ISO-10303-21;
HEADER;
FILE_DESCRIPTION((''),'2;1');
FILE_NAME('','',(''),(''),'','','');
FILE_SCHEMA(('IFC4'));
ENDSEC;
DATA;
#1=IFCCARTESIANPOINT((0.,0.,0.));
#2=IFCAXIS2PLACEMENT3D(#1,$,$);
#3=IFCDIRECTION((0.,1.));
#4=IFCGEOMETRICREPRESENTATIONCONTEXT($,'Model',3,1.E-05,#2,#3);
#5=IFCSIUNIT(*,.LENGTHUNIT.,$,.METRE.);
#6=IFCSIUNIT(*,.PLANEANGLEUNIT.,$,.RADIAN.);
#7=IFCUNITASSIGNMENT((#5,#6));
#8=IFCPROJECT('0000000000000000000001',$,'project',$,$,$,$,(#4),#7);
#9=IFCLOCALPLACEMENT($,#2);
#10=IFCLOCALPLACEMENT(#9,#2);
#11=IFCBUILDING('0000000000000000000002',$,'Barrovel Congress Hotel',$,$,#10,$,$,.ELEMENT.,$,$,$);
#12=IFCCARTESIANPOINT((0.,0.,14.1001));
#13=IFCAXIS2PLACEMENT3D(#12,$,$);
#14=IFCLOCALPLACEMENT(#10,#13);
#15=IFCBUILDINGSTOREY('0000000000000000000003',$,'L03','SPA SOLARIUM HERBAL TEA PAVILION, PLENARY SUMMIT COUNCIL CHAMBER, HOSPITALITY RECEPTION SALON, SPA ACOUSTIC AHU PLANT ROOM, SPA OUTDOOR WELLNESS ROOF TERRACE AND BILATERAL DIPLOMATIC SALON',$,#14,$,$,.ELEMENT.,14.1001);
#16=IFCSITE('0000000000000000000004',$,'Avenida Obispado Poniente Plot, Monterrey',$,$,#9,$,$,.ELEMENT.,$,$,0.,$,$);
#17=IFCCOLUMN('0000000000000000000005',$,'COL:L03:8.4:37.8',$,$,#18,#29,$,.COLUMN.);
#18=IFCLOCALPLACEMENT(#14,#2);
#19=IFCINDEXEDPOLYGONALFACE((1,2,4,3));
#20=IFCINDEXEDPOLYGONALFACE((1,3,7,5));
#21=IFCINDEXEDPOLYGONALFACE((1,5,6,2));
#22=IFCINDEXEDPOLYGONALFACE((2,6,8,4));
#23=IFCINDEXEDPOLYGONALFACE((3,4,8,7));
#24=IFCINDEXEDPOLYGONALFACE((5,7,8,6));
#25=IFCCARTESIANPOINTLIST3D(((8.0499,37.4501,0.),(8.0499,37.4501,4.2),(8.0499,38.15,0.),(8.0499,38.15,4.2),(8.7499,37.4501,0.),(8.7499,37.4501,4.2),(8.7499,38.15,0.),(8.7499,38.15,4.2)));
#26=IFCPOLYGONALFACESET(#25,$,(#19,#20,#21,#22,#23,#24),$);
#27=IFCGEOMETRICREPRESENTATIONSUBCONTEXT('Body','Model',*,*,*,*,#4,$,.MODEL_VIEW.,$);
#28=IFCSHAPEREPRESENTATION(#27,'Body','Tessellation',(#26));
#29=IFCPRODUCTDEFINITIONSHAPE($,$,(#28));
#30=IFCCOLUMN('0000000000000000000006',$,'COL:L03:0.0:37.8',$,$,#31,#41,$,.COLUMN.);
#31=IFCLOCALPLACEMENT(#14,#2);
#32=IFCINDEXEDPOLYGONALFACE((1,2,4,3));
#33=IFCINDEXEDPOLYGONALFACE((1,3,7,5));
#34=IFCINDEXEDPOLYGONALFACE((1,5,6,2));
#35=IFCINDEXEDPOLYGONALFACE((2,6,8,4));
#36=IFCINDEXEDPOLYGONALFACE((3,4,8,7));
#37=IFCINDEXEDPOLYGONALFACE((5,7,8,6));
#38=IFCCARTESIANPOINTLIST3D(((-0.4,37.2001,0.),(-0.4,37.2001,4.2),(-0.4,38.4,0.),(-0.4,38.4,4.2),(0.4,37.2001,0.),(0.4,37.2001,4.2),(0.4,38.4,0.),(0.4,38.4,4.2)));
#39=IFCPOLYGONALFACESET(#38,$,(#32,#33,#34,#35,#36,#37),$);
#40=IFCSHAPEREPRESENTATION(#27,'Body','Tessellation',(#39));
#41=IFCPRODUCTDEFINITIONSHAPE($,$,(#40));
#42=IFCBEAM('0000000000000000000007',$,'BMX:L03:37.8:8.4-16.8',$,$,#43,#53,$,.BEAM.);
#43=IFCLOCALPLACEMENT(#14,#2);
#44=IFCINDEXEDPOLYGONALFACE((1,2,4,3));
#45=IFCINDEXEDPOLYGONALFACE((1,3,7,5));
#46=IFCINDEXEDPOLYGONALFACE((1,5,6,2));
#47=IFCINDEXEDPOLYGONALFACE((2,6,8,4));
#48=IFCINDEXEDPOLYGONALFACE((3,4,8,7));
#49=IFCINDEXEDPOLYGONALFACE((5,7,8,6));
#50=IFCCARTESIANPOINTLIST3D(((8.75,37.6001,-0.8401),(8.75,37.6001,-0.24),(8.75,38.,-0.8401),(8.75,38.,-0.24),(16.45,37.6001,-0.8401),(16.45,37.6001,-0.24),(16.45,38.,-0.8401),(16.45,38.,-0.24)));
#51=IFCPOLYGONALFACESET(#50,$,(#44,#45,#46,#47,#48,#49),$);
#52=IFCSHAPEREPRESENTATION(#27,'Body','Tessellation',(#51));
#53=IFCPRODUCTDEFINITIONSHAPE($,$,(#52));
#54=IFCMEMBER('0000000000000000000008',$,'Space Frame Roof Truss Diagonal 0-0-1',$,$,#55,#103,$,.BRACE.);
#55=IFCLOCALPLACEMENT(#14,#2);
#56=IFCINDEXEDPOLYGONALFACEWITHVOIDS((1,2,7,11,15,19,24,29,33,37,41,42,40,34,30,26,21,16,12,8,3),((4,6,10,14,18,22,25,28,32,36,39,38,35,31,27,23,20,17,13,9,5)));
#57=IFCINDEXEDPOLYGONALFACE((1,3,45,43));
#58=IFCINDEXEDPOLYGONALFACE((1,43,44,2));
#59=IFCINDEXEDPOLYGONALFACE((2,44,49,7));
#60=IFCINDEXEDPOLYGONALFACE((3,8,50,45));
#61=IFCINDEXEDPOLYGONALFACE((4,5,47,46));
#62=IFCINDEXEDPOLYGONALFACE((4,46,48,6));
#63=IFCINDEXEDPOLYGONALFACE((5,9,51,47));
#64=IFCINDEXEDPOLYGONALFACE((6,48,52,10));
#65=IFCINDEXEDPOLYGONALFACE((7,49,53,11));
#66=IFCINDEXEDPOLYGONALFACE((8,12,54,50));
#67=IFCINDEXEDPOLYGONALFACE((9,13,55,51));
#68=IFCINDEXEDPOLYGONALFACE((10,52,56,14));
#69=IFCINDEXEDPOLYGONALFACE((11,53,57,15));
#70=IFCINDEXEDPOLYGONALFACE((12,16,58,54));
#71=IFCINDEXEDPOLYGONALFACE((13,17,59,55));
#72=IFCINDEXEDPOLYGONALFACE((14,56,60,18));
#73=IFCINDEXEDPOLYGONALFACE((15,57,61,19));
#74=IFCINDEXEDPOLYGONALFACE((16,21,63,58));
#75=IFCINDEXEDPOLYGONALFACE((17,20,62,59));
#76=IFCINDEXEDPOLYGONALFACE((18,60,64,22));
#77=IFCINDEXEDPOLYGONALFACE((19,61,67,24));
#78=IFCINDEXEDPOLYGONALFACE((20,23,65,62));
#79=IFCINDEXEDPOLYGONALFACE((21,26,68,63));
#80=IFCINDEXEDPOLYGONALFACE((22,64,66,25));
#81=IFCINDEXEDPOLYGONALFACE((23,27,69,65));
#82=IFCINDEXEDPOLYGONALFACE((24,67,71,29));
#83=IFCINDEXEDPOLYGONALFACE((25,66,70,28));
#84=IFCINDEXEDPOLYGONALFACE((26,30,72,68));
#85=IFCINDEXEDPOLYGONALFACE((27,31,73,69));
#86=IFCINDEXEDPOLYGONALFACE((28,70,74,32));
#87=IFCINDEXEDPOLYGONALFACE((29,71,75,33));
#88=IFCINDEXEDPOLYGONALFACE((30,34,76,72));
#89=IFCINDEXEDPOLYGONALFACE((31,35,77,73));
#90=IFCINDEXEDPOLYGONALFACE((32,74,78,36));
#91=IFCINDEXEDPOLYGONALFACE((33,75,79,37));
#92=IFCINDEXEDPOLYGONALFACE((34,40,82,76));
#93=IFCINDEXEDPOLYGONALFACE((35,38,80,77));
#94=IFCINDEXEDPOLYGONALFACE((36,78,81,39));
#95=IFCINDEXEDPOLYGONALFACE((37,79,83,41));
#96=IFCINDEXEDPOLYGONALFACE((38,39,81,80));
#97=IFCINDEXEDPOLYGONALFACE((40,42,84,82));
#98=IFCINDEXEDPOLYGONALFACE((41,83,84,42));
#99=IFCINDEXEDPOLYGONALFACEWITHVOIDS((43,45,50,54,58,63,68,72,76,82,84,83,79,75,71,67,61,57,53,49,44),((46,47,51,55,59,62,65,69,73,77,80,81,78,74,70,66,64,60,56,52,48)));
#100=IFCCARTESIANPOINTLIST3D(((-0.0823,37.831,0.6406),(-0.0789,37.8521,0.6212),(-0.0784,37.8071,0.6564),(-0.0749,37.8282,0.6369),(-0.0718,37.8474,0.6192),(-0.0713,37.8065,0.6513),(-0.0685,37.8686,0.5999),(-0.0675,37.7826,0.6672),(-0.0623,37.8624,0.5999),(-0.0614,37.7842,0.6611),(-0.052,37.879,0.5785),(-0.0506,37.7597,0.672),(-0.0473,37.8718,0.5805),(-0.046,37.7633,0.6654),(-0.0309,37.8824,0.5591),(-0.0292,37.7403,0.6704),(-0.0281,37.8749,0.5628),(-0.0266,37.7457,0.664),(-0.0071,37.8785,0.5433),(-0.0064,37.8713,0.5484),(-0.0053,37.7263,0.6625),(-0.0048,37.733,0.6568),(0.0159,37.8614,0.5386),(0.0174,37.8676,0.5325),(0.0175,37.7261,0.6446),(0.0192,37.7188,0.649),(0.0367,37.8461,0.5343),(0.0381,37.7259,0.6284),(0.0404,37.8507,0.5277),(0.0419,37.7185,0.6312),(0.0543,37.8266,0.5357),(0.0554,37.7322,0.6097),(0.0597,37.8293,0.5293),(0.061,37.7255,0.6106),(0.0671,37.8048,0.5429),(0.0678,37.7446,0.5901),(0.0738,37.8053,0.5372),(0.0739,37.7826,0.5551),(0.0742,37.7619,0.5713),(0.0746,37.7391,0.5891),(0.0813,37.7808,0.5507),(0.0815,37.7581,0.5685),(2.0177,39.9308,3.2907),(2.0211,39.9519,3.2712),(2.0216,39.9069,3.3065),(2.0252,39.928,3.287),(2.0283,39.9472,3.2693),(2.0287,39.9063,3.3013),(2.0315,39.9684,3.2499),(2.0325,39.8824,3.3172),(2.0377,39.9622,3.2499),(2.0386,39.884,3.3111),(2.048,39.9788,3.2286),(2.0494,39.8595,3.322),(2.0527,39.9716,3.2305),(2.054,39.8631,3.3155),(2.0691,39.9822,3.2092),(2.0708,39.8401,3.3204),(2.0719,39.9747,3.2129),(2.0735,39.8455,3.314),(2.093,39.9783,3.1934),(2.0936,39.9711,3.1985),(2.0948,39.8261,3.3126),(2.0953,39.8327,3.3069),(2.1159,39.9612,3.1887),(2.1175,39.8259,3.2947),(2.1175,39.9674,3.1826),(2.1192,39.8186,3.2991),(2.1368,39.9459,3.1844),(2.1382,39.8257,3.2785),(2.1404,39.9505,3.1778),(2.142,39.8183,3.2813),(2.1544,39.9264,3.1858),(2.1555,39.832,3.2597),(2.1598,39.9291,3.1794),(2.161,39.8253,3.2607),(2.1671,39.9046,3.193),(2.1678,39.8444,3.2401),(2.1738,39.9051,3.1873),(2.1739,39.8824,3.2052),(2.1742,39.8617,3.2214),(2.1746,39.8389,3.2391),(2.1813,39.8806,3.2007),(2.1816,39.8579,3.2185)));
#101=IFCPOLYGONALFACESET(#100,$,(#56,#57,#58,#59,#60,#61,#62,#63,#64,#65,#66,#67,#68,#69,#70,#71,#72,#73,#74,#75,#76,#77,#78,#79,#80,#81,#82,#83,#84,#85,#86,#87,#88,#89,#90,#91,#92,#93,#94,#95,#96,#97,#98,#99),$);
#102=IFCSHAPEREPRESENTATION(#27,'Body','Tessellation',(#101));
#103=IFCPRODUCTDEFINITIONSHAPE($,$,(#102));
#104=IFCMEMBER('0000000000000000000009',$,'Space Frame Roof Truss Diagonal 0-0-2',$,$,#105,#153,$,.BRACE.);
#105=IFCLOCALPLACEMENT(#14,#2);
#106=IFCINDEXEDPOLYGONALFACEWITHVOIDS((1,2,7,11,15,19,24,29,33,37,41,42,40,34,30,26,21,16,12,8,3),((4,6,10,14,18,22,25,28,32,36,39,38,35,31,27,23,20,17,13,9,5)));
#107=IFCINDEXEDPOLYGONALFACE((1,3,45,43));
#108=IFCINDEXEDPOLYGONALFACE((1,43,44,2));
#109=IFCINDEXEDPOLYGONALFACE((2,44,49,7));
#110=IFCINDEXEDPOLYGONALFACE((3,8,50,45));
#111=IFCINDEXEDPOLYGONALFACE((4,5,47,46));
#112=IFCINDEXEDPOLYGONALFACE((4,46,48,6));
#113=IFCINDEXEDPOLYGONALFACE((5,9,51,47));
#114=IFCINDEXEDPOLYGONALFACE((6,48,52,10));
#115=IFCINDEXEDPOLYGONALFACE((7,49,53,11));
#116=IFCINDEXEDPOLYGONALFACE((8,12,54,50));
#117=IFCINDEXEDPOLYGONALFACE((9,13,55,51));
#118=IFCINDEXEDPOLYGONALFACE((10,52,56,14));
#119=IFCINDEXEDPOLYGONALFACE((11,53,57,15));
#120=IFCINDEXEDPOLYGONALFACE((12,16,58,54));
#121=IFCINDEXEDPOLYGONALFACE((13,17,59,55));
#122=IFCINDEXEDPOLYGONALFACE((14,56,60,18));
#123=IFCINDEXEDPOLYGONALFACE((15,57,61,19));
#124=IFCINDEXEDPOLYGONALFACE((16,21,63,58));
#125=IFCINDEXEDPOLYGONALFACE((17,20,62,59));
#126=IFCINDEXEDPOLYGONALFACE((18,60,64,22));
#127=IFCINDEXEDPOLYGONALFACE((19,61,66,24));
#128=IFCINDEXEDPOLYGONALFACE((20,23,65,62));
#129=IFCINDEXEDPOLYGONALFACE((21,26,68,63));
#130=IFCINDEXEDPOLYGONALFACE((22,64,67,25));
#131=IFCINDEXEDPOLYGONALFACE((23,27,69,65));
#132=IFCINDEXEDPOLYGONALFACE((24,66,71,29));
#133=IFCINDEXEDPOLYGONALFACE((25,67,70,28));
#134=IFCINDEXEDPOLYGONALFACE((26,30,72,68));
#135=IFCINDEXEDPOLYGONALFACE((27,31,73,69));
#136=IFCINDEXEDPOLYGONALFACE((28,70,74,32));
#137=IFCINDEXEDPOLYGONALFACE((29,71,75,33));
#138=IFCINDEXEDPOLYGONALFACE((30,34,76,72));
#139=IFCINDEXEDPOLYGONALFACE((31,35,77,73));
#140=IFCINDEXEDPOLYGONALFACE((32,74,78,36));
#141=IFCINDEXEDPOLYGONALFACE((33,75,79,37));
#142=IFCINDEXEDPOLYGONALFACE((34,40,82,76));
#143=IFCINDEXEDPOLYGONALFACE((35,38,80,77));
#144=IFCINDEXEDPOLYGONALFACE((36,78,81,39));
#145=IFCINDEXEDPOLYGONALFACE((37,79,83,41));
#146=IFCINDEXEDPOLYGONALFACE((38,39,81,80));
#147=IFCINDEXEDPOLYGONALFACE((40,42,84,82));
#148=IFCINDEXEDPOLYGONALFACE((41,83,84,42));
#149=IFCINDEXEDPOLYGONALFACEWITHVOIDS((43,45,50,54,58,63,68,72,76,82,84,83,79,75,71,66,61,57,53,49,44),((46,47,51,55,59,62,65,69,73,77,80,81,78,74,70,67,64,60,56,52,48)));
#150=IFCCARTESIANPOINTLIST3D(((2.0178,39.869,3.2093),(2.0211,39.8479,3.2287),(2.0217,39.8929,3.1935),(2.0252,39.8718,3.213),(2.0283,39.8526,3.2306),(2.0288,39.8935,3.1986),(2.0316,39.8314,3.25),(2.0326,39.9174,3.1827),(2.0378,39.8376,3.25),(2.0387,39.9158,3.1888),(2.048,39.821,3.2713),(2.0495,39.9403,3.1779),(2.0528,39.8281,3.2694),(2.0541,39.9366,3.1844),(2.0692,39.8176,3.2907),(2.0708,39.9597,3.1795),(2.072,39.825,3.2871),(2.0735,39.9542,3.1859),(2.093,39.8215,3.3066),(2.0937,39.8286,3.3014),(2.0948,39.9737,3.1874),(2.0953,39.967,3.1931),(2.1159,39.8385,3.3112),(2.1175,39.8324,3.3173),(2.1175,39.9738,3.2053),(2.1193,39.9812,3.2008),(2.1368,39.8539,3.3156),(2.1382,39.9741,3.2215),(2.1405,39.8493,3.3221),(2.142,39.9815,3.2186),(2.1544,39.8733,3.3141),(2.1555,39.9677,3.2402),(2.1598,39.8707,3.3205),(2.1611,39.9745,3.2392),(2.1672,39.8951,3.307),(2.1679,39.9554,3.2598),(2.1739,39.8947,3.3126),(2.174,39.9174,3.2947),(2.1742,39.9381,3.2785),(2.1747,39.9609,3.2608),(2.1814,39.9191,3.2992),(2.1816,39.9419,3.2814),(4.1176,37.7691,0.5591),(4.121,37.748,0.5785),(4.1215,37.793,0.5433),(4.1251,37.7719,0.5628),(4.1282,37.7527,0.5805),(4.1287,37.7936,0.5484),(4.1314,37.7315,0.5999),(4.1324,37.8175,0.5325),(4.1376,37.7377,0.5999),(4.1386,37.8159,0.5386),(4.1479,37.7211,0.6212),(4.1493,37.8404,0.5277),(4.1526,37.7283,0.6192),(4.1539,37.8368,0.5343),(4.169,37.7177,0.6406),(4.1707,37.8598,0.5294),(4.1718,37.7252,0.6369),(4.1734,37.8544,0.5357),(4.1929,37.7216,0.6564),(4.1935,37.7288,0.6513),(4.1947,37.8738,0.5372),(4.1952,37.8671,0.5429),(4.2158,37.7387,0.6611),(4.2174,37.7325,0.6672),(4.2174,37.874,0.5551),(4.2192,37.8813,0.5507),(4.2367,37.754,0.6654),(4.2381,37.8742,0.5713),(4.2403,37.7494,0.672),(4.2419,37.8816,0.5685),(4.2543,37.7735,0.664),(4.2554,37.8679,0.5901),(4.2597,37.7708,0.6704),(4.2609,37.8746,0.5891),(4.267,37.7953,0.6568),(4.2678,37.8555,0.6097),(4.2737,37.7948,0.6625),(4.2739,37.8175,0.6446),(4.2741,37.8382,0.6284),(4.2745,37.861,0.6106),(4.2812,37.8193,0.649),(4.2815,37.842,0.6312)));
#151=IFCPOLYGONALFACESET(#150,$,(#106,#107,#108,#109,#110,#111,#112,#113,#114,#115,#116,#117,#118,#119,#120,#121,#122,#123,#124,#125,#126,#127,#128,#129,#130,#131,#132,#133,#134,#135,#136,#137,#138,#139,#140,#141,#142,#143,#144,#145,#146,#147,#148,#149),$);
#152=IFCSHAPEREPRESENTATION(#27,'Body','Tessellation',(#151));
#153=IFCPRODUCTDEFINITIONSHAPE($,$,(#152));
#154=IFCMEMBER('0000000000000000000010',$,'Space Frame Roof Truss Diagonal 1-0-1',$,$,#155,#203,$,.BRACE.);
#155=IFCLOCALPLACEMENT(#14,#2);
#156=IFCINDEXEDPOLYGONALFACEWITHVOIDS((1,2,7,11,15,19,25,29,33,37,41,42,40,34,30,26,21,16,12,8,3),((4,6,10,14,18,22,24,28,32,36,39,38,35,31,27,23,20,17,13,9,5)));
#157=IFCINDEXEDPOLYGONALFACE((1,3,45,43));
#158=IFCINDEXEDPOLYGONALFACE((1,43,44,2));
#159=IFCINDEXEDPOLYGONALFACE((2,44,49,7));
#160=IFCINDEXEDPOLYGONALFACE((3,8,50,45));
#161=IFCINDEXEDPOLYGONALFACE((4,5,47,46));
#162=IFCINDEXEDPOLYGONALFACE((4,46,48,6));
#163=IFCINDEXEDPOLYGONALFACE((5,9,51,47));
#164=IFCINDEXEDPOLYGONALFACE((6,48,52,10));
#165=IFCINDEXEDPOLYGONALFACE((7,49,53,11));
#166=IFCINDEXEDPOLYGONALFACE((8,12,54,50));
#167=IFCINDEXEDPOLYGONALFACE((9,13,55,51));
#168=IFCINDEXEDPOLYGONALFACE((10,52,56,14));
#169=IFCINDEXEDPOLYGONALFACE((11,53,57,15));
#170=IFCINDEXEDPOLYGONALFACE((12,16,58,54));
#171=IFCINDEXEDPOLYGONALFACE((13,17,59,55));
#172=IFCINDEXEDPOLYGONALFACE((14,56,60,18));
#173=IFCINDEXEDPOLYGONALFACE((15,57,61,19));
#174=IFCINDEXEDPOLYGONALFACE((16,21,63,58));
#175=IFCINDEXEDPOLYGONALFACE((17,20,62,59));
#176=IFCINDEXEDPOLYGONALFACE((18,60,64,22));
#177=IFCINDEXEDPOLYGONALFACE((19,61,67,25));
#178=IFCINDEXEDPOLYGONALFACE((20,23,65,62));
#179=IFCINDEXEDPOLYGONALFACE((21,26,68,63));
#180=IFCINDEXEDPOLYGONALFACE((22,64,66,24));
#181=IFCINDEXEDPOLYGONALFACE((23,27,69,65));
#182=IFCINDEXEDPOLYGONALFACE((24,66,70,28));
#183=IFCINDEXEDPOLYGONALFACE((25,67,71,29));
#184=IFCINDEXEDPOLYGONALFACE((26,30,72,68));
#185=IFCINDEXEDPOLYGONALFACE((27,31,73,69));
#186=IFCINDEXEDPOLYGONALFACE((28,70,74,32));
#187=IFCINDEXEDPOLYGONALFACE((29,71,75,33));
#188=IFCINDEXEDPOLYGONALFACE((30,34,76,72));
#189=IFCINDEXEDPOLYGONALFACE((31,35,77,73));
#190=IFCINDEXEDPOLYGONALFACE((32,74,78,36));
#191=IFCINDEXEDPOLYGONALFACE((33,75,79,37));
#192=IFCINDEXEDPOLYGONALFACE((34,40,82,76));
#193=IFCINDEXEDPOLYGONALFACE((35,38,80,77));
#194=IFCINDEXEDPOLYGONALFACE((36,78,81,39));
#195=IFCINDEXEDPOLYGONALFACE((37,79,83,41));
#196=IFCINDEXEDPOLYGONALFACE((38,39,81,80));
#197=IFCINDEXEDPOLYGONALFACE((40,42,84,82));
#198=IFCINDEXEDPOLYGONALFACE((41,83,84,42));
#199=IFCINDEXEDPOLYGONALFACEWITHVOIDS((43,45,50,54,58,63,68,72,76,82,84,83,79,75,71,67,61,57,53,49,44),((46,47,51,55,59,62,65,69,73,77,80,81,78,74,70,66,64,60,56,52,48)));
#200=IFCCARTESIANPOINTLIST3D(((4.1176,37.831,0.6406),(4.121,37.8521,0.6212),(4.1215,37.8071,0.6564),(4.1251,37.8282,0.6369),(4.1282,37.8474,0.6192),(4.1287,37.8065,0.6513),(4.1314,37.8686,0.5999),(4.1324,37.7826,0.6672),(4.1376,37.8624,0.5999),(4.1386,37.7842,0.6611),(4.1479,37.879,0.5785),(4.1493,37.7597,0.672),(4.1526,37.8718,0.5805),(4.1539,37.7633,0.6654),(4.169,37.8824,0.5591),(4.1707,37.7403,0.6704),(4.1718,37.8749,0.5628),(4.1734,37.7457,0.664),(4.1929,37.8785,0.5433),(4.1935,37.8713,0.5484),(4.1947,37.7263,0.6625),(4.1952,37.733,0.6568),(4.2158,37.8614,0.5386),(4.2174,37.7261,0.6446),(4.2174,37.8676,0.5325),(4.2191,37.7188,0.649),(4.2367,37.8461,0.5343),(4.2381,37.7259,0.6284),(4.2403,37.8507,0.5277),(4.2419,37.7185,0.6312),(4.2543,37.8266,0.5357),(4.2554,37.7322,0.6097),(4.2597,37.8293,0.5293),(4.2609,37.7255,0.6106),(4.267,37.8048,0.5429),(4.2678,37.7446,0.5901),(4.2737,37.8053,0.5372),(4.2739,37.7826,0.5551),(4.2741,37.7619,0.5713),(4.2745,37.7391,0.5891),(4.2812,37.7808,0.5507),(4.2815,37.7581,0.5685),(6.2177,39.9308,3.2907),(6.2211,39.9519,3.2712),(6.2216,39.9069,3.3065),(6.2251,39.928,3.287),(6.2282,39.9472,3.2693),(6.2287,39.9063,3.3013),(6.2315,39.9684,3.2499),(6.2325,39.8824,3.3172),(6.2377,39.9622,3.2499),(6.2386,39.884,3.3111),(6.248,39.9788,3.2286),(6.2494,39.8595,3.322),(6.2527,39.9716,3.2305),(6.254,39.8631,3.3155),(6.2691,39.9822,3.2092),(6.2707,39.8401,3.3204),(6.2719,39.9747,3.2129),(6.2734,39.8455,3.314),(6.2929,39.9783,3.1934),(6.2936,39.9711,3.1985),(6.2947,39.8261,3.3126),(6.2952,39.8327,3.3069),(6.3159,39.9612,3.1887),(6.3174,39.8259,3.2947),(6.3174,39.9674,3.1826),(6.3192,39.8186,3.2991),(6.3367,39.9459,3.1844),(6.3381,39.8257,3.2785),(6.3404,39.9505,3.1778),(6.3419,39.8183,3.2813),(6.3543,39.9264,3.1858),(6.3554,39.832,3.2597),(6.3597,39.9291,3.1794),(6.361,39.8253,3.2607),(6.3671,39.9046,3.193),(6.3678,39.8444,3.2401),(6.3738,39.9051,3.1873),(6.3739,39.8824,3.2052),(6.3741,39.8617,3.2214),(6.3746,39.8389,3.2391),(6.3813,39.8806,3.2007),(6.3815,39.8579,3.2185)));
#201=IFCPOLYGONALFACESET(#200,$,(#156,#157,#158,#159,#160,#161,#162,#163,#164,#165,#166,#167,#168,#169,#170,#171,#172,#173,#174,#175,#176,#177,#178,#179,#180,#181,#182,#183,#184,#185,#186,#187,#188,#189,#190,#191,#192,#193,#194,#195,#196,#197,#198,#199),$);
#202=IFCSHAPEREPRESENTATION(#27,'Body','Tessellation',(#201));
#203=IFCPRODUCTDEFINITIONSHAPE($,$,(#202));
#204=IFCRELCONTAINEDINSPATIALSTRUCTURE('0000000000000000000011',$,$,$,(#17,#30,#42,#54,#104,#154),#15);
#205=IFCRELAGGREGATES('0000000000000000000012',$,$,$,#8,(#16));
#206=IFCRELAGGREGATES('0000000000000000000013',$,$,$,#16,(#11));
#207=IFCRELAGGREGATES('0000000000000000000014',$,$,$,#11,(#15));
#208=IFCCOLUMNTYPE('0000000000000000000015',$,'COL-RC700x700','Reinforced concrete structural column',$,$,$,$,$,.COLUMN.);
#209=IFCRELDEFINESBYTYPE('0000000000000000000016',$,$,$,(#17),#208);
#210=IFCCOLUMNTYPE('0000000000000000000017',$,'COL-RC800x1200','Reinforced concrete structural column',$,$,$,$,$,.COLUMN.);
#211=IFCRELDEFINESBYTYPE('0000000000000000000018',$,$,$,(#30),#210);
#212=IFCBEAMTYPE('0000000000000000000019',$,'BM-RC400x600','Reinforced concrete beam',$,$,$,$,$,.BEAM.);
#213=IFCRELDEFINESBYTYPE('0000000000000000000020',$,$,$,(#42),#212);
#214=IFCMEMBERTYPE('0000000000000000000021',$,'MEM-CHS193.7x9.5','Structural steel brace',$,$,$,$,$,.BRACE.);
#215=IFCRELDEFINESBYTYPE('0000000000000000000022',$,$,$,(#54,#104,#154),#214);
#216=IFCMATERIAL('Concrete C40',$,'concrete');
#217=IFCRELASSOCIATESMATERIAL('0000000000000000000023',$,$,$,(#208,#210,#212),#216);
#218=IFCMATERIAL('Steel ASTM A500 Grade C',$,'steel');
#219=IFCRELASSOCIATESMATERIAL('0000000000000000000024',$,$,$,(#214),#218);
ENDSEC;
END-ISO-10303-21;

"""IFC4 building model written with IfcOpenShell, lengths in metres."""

from ifc_helpers import new_model, si_unit, direction, frame, origin, origin_2d, place, context, subcontext, project, spatial, rectangle, hollow_circle, extrude, material, material_profile, profile_set, type_object, element, save


model = new_model("IFC4")

# Units and contexts
model_context = context("Model", 3, precision=1e-05, world=origin(), true_north=direction((0.0, 1.0)))
body_context = subcontext(model_context, "Body", "Model", "MODEL_VIEW")
ifc_project = project(units=[si_unit("LENGTHUNIT", "METRE"), si_unit("PLANEANGLEUNIT", "RADIAN")], contexts=[model_context])

# Site, building, storey
site_placement = place(None, origin())
site = spatial("IfcSite", under=ifc_project, at=site_placement, Name="Avenida Obispado Poniente Plot, Monterrey", CompositionType="ELEMENT", RefElevation=0.0)
building_placement = place(site_placement, origin())
building = spatial("IfcBuilding", under=site, at=building_placement, Name="Barrovel Congress Hotel", CompositionType="ELEMENT")
storey_placement = place(building_placement, frame((0.0, 0.0, 14.1001)))
storey = spatial("IfcBuildingStorey", under=building, at=storey_placement, Name="L03", Description="SPA SOLARIUM HERBAL TEA PAVILION, PLENARY SUMMIT COUNCIL CHAMBER, HOSPITALITY RECEPTION SALON, SPA ACOUSTIC AHU PLANT ROOM, SPA OUTDOOR WELLNESS ROOF TERRACE AND BILATERAL DIPLOMATIC SALON", CompositionType="ELEMENT", Elevation=14.1001)

# Columns
ifc_material_1 = material(Name="Concrete C40", Category="concrete")
ifc_material_profile_1 = material_profile(ifc_material_1, rectangle(XDim=0.7, YDim=0.7, at=origin_2d()), Name="RC700x700")
ifc_profile_set_1 = profile_set([ifc_material_profile_1], Name="Concrete C40")
column_type_1 = type_object("IfcColumnType", Name="COL-RC700x700", Description="Reinforced concrete structural column", PredefinedType="COLUMN", material=ifc_profile_set_1)
column_1_placement = place(storey_placement, frame((8.3999, 37.8, 0.0), z_axis=(0.0, 0.0, 1.0), x_axis=(1.0, 0.0, 0.0)))
element("IfcColumn", 1, at=column_1_placement, inside=storey, type_object=column_type_1, Name="COL:L03:8.4:37.8", PredefinedType="COLUMN", context=body_context, shape_type="SweptSolid", body=[
    extrude(rectangle(XDim=0.7, YDim=0.7, at=origin_2d()), origin(), (0.0, 0.0, 1.0), 4.2),
])
ifc_material_profile_2 = material_profile(ifc_material_1, rectangle(XDim=0.8, YDim=1.2, at=origin_2d()), Name="RC800x1200")
ifc_profile_set_2 = profile_set([ifc_material_profile_2], Name="Concrete C40")
column_type_2 = type_object("IfcColumnType", Name="COL-RC800x1200", Description="Reinforced concrete structural column", PredefinedType="COLUMN", material=ifc_profile_set_2)
column_2_placement = place(storey_placement, frame((0.0, 37.8, 0.0), z_axis=(0.0, 0.0, 1.0), x_axis=(1.0, 0.0, 0.0)))
element("IfcColumn", 2, at=column_2_placement, inside=storey, type_object=column_type_2, Name="COL:L03:0.0:37.8", PredefinedType="COLUMN", context=body_context, shape_type="SweptSolid", body=[
    extrude(rectangle(XDim=0.8, YDim=1.2, at=origin_2d()), origin(), (0.0, 0.0, 1.0), 4.2),
])

# Beam
ifc_material_profile_3 = material_profile(ifc_material_1, rectangle(XDim=0.3999, YDim=0.6001, at=origin_2d()), Name="RC400x600")
ifc_profile_set_3 = profile_set([ifc_material_profile_3], Name="Concrete C40")
beam_type_1 = type_object("IfcBeamType", Name="BM-RC400x600", Description="Reinforced concrete beam", PredefinedType="BEAM", material=ifc_profile_set_3)
beam_1_placement = place(storey_placement, frame((8.75, 37.8, -0.54), z_axis=(1.0, 0.0, 0.0), x_axis=(0.0, 1.0, 0.0)))
element("IfcBeam", 3, at=beam_1_placement, inside=storey, type_object=beam_type_1, Name="BMX:L03:37.8:8.4-16.8", PredefinedType="BEAM", context=body_context, shape_type="SweptSolid", body=[
    extrude(rectangle(XDim=0.3999, YDim=0.6001, at=origin_2d()), origin(), (0.0, 0.0, 1.0), 7.7),
])

# Members
ifc_material_2 = material(Name="Steel ASTM A500 Grade C", Category="steel")
ifc_material_profile_4 = material_profile(ifc_material_2, hollow_circle(Radius=0.0969, WallThickness=0.0088, at=origin_2d()), Name="CHS193.7x9.5")
ifc_profile_set_4 = profile_set([ifc_material_profile_4], Name="Steel ASTM A500 Grade C")
member_type_1 = type_object("IfcMemberType", Name="MEM-CHS193.7x9.5", Description="Structural steel brace", PredefinedType="BRACE", material=ifc_profile_set_4)
for number, where, z_axis, x_axis, name in (
    (4, (0.0, 37.8, 0.5999), (0.527618, 0.527557, 0.66581), (-0.707066, 0.707148, 0.0), "Space Frame Roof Truss Diagonal 0-0-1"),
    (5, (4.2, 37.8, 0.5999), (-0.527574, 0.527574, 0.665831), (-0.707107, -0.707107, 0.0), "Space Frame Roof Truss Diagonal 0-0-2"),
    (6, (4.2, 37.8, 0.5999), (0.527618, 0.527557, 0.66581), (-0.707066, 0.707148, 0.0), "Space Frame Roof Truss Diagonal 1-0-1"),
):
    element("IfcMember", number, at=place(storey_placement, frame(where, z_axis=z_axis, x_axis=x_axis)), inside=storey, type_object=member_type_1, Name=name, PredefinedType="BRACE", context=body_context, shape_type="SweptSolid", body=[
        extrude(hollow_circle(Radius=0.0969, WallThickness=0.0088, at=origin_2d()), origin(), (0.0, 0.0, 1.0), 3.9802),
    ])

save(model, "model.ifc")
